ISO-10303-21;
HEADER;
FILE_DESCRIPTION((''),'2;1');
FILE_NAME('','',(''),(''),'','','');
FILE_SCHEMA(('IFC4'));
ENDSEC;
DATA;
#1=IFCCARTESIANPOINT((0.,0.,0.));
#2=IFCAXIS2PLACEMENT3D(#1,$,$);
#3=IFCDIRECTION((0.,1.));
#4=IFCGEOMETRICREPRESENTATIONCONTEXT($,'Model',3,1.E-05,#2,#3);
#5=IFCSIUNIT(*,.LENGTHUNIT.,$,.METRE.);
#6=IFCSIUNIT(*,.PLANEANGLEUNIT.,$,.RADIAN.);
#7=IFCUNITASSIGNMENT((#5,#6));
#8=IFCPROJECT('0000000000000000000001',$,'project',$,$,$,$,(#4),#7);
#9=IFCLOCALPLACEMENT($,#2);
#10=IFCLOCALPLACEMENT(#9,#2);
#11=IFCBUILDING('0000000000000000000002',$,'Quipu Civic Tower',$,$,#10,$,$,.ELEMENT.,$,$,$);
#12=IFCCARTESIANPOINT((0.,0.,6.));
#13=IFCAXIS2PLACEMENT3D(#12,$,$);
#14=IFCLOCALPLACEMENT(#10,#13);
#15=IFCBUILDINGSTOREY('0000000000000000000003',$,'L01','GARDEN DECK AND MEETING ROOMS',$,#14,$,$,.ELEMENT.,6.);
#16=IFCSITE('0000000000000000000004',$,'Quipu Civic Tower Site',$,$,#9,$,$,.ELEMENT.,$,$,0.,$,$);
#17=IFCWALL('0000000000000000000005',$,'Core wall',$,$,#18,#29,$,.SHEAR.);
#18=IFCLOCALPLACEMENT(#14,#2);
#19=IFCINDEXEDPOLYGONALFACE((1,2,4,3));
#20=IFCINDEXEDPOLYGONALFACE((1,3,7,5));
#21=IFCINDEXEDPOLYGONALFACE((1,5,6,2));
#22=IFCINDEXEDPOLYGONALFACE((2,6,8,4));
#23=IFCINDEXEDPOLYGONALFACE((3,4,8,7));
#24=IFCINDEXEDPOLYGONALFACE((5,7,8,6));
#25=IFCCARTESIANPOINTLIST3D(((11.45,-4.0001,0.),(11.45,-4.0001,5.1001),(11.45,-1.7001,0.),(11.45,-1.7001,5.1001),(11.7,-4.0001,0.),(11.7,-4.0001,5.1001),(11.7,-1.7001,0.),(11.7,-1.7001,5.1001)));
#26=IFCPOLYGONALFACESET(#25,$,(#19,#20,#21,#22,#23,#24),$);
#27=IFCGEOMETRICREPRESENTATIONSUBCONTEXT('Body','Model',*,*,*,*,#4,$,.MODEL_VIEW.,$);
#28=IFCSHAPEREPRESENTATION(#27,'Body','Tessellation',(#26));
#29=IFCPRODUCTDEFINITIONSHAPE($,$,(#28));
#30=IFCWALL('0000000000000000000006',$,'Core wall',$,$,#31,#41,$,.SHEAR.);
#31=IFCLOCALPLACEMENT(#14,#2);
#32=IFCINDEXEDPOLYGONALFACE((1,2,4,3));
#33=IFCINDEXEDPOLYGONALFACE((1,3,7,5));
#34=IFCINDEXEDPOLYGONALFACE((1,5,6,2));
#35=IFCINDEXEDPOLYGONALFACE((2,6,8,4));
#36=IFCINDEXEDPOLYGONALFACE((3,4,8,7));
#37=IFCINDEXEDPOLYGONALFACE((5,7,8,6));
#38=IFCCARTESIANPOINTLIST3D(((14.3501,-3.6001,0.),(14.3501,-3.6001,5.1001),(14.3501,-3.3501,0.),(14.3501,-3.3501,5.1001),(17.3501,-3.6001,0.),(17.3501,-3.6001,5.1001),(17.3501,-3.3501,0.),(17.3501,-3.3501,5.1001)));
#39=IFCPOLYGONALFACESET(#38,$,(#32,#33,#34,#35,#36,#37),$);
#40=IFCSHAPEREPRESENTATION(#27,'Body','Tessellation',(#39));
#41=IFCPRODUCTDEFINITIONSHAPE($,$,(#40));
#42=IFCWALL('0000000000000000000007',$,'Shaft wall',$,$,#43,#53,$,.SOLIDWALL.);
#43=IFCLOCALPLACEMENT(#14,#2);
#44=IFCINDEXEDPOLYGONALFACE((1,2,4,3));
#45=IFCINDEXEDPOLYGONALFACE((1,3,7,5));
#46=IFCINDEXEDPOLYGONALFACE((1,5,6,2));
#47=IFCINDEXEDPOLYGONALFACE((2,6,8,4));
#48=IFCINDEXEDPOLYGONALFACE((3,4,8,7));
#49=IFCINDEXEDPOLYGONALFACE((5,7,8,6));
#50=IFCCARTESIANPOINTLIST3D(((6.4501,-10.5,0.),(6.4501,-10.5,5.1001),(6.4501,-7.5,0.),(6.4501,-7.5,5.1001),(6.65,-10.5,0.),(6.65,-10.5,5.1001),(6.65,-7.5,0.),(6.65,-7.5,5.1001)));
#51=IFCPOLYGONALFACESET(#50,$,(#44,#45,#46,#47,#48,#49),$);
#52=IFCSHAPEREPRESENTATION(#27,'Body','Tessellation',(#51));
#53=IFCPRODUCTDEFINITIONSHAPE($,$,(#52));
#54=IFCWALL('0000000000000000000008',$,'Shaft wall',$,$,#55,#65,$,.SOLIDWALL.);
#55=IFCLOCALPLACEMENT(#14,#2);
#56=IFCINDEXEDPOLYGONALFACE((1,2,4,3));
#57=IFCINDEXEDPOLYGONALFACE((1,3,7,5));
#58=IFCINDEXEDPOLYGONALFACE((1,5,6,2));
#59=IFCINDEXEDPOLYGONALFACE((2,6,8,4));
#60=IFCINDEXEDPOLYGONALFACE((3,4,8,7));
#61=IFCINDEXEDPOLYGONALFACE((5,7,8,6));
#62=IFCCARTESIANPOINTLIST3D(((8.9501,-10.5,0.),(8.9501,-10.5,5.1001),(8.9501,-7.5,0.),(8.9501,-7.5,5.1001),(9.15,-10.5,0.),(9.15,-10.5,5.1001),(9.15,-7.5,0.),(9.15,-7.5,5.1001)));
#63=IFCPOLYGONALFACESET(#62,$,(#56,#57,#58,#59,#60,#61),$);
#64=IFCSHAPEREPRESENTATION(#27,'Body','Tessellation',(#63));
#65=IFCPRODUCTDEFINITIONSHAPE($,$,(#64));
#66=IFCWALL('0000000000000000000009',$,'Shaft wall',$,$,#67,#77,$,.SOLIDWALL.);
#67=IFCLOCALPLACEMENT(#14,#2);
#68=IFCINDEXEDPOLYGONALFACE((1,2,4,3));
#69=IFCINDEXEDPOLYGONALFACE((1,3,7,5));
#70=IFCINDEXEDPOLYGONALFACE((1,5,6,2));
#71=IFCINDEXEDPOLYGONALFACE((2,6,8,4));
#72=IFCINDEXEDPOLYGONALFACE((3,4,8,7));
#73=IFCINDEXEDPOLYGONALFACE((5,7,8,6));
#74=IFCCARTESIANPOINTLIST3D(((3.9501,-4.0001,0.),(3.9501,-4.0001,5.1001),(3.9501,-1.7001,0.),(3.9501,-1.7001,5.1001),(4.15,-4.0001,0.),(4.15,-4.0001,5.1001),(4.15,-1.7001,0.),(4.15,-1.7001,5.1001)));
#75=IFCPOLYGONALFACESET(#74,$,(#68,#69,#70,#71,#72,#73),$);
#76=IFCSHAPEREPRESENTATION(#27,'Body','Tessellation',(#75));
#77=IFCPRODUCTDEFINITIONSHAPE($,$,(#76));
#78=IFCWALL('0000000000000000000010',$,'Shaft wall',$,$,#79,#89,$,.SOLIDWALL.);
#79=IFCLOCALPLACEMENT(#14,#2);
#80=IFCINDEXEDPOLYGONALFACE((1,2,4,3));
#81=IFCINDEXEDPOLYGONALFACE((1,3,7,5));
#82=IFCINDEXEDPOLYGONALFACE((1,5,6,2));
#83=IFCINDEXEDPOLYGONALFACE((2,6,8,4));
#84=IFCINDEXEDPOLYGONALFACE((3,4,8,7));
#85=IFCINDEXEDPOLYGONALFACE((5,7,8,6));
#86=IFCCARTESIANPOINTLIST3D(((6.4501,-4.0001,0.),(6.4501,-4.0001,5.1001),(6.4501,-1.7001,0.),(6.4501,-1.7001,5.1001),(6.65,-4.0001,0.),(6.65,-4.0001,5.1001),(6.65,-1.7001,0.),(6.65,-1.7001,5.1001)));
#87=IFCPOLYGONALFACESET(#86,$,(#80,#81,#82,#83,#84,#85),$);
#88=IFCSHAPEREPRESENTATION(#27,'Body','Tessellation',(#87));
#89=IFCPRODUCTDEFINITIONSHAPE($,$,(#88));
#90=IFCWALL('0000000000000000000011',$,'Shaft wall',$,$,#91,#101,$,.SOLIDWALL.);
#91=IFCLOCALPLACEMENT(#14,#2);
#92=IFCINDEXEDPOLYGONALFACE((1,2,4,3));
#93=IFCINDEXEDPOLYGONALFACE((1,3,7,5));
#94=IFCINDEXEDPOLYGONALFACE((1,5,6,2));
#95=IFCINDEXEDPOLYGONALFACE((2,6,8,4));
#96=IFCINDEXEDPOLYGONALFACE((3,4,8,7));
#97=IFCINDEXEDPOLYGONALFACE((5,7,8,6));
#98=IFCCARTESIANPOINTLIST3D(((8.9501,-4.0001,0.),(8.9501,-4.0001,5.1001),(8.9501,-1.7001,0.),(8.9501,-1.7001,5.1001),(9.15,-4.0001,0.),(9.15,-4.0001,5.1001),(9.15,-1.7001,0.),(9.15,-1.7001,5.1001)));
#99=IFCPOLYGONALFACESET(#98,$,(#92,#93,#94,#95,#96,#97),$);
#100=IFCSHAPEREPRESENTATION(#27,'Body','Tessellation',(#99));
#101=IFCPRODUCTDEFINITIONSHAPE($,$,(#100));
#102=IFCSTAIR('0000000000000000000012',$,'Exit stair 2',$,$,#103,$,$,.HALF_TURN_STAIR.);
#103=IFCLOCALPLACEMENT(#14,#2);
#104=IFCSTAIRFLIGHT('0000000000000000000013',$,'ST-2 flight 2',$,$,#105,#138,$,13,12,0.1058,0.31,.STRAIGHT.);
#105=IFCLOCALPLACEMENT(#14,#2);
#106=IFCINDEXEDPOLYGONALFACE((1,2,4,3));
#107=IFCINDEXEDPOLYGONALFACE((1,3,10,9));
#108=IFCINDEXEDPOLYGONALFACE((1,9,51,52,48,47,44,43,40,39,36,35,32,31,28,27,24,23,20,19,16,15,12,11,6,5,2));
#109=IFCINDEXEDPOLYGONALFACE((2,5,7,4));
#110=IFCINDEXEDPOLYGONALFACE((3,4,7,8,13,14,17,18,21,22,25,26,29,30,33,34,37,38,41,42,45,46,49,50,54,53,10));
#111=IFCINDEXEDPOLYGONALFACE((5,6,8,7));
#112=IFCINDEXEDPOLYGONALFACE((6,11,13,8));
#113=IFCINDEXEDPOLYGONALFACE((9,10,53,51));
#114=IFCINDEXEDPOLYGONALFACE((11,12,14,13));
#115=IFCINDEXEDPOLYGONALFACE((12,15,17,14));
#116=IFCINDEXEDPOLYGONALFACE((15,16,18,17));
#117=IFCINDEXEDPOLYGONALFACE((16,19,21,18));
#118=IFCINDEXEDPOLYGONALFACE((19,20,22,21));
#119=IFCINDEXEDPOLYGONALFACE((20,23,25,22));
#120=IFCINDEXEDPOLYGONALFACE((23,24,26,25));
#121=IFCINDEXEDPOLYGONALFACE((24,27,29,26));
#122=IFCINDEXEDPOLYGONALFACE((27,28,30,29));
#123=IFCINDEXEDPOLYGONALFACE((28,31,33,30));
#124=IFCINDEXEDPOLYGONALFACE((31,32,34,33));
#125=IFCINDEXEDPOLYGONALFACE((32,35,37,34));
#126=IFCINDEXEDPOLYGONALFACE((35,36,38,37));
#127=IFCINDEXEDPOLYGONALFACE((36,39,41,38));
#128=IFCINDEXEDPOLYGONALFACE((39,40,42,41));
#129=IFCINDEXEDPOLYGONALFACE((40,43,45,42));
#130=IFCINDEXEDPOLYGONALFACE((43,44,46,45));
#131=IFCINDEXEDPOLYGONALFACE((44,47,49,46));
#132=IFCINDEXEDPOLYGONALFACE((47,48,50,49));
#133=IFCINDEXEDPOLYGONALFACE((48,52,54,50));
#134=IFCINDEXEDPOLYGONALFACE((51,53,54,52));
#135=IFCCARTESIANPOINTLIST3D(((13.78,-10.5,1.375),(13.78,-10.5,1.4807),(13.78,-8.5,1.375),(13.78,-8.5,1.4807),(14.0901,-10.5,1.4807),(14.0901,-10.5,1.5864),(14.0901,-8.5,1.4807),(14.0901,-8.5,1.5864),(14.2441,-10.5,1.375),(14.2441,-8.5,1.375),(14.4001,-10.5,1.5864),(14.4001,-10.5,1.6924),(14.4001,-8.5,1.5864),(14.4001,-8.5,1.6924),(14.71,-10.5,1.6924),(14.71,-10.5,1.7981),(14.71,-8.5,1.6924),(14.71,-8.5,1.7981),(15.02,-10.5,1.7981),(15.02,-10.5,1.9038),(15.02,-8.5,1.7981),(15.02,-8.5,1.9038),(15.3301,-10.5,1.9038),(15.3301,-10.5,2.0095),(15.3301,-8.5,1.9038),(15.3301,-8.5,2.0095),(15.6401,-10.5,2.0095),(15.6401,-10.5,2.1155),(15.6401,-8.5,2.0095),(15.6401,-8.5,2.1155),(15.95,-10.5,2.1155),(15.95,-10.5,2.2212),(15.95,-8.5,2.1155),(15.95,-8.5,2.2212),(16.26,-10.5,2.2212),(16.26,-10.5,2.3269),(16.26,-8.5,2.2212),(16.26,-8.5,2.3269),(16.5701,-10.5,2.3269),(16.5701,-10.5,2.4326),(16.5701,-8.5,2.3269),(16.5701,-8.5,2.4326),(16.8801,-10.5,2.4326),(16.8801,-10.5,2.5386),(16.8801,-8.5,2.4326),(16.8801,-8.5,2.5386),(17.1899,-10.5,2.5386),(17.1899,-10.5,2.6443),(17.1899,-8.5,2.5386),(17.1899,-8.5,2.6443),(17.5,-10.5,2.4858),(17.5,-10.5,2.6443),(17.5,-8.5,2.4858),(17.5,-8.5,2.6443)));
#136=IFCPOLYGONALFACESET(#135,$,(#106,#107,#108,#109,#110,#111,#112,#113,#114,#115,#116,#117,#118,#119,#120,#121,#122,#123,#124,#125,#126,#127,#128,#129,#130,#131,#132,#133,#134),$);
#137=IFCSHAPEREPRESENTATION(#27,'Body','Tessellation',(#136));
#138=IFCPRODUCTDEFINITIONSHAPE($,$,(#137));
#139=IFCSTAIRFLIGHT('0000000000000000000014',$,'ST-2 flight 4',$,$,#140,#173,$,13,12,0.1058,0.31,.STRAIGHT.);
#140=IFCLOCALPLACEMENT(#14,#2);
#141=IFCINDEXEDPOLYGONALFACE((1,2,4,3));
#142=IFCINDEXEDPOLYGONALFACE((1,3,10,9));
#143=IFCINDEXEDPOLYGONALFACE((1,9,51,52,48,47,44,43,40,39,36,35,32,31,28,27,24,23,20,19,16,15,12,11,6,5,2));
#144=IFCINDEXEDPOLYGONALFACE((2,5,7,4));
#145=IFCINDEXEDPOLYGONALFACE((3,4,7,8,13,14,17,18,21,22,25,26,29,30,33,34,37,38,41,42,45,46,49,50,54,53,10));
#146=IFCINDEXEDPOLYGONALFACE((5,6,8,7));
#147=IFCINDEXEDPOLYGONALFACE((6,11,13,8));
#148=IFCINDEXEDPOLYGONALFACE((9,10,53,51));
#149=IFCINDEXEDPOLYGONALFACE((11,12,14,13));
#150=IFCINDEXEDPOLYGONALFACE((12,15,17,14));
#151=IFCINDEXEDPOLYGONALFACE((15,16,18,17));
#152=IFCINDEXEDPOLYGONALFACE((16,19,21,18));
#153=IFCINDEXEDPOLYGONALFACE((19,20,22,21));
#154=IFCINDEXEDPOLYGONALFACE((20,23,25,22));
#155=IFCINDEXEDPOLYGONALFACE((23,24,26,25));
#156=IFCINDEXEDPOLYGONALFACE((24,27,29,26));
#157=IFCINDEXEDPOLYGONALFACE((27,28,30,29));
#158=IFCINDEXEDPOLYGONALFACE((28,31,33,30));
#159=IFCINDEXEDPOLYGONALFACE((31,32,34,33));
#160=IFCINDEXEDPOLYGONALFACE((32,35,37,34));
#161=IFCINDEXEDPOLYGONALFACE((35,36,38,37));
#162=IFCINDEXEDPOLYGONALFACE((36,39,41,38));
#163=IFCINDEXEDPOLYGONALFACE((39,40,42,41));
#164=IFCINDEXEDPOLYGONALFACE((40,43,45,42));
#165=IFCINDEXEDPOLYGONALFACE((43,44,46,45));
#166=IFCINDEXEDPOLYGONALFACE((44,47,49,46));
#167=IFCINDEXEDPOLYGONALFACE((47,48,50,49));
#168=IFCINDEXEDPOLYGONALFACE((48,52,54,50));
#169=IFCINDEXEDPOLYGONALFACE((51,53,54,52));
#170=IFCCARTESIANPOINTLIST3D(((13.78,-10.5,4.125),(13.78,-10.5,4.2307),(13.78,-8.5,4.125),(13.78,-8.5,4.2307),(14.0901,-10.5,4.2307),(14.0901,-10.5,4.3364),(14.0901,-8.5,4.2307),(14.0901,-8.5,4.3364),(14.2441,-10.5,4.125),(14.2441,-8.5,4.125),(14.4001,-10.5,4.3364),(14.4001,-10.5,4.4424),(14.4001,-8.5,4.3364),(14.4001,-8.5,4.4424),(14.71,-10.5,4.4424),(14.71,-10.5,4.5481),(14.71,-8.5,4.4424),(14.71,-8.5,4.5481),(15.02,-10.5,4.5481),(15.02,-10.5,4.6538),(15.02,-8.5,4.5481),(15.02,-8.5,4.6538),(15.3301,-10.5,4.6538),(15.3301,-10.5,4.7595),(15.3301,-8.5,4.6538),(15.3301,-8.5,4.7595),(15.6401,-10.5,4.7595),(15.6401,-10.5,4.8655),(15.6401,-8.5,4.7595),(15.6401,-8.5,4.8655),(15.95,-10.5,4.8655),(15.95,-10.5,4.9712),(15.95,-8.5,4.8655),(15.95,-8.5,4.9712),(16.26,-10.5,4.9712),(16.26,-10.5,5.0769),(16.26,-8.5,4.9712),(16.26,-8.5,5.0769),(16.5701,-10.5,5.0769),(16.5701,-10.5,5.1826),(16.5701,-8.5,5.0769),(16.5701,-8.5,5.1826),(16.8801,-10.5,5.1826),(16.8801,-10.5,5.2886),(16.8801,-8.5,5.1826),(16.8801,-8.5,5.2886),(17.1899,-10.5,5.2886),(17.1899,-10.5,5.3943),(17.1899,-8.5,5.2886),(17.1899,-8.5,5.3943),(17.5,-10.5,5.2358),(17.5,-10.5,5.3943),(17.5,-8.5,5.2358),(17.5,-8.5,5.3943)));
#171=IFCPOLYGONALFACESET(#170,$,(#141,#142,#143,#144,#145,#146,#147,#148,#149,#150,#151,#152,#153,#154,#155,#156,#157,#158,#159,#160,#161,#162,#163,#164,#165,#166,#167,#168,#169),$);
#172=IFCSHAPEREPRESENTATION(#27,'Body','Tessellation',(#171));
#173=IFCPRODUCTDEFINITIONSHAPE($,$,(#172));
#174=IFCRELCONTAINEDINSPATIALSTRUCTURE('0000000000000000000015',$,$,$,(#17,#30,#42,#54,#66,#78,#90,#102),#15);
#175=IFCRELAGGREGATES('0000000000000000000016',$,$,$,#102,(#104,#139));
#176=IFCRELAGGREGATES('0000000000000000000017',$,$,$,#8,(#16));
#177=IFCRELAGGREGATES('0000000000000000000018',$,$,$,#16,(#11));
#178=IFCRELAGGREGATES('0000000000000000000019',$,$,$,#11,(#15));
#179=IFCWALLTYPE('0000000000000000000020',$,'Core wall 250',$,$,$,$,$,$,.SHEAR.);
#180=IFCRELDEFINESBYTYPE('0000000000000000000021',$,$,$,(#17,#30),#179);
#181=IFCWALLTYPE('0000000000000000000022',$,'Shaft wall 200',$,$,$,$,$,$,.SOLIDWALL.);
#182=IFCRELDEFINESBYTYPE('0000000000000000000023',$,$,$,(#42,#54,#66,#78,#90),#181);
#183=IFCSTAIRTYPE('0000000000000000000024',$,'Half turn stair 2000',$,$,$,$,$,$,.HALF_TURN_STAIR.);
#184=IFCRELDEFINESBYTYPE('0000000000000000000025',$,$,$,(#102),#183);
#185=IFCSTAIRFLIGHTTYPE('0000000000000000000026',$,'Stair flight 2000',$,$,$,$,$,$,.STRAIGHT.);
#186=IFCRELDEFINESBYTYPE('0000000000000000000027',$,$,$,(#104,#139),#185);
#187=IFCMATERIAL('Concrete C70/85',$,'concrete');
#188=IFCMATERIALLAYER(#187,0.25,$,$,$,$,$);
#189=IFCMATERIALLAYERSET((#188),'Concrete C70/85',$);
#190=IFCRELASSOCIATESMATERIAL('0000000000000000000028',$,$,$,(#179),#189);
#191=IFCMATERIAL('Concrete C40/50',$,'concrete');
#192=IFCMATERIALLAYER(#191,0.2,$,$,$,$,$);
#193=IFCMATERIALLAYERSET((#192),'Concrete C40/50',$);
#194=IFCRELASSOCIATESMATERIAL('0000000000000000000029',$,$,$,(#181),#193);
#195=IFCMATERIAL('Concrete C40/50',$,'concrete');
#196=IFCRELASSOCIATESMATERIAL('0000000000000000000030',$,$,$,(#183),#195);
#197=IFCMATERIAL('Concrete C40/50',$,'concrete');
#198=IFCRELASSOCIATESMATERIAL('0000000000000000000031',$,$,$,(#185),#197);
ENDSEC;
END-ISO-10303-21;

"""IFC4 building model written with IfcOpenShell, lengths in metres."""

from ifc_helpers import new_model, si_unit, direction, frame, frame_2d, origin, place, context, subcontext, project, spatial, polyline, rectangle, outline, extrude, material, layer, layer_set, type_object, element, aggregate, save


model = new_model("IFC4")

# Units and contexts
model_context = context("Model", 3, precision=1e-05, world=origin(), true_north=direction((0.0, 1.0)))
body_context = subcontext(model_context, "Body", "Model", "MODEL_VIEW")
ifc_project = project(units=[si_unit("LENGTHUNIT", "METRE"), si_unit("PLANEANGLEUNIT", "RADIAN")], contexts=[model_context])

# Site, building, storey
site_placement = place(None, origin())
site = spatial("IfcSite", under=ifc_project, at=site_placement, Name="Quipu Civic Tower Site", CompositionType="ELEMENT", RefElevation=0.0)
building_placement = place(site_placement, origin())
building = spatial("IfcBuilding", under=site, at=building_placement, Name="Quipu Civic Tower", CompositionType="ELEMENT")
storey_placement = place(building_placement, frame((0.0, 0.0, 6.0)))
storey = spatial("IfcBuildingStorey", under=building, at=storey_placement, Name="L01", Description="GARDEN DECK AND MEETING ROOMS", CompositionType="ELEMENT", Elevation=6.0)

# Shared definitions
ifc_material_1 = material(Name="Concrete C70/85", Category="concrete")
ifc_layer_1 = layer(ifc_material_1, 0.25)
ifc_layer_set_1 = layer_set([ifc_layer_1], Name="Concrete C70/85")
wall_type_1 = type_object("IfcWallType", Name="Core wall 250", PredefinedType="SHEAR", material=ifc_layer_set_1)

# Walls
wall_1_placement = place(storey_placement, frame((11.575, -4.0, 0.0), z_axis=(0.0, 0.0, 1.0), x_axis=(0.0, 1.0, 0.0)))
element("IfcWall", 1, at=wall_1_placement, inside=storey, type_object=wall_type_1, Name="Core wall", PredefinedType="SHEAR", context=body_context, shape_type="SweptSolid", body=[
    extrude(rectangle(XDim=2.3, YDim=0.25, at=frame_2d((1.1499, 0.0))), origin(), (0.0, 0.0, 1.0), 5.1001),
])
wall_2_placement = place(storey_placement, frame((14.3501, -3.4751, 0.0), z_axis=(0.0, 0.0, 1.0), x_axis=(1.0, 0.0, 0.0)))
element("IfcWall", 2, at=wall_2_placement, inside=storey, type_object=wall_type_1, Name="Core wall", PredefinedType="SHEAR", context=body_context, shape_type="SweptSolid", body=[
    extrude(rectangle(XDim=3.0, YDim=0.25, at=frame_2d((1.5, 0.0))), origin(), (0.0, 0.0, 1.0), 5.1001),
])
ifc_material_2 = material(Name="Concrete C40/50", Category="concrete")
ifc_layer_2 = layer(ifc_material_2, 0.2)
ifc_layer_set_2 = layer_set([ifc_layer_2], Name="Concrete C40/50")
wall_type_2 = type_object("IfcWallType", Name="Shaft wall 200", PredefinedType="SOLIDWALL", material=ifc_layer_set_2)
for number, where, z_axis, x_axis, name in (
    (3, (6.55, -10.5, 0.0), (0.0, 0.0, 1.0), (0.0, 1.0, 0.0), "Shaft wall"),
    (4, (9.05, -10.5, 0.0), (0.0, 0.0, 1.0), (0.0, 1.0, 0.0), "Shaft wall"),
):
    element("IfcWall", number, at=place(storey_placement, frame(where, z_axis=z_axis, x_axis=x_axis)), inside=storey, type_object=wall_type_2, Name=name, PredefinedType="SOLIDWALL", context=body_context, shape_type="SweptSolid", body=[
        extrude(rectangle(XDim=3.0, YDim=0.2, at=frame_2d((1.5, 0.0))), origin(), (0.0, 0.0, 1.0), 5.1001),
    ])
for number, where, z_axis, x_axis, name in (
    (5, (4.05, -4.0, 0.0), (0.0, 0.0, 1.0), (0.0, 1.0, 0.0), "Shaft wall"),
    (6, (6.55, -4.0, 0.0), (0.0, 0.0, 1.0), (0.0, 1.0, 0.0), "Shaft wall"),
    (7, (9.05, -4.0, 0.0), (0.0, 0.0, 1.0), (0.0, 1.0, 0.0), "Shaft wall"),
):
    element("IfcWall", number, at=place(storey_placement, frame(where, z_axis=z_axis, x_axis=x_axis)), inside=storey, type_object=wall_type_2, Name=name, PredefinedType="SOLIDWALL", context=body_context, shape_type="SweptSolid", body=[
        extrude(rectangle(XDim=2.3, YDim=0.2, at=frame_2d((1.1499, 0.0))), origin(), (0.0, 0.0, 1.0), 5.1001),
    ])

# Stair, stair flights
ifc_material_3 = material(Name="Concrete C40/50", Category="concrete")
stair_type = type_object("IfcStairType", Name="Half turn stair 2000", PredefinedType="HALF_TURN_STAIR", material=ifc_material_3)
stair_placement = place(storey_placement, origin())
stair = element("IfcStair", 8, at=stair_placement, inside=storey, type_object=stair_type, Name="Exit stair 2", PredefinedType="HALF_TURN_STAIR")
ifc_material_4 = material(Name="Concrete C40/50", Category="concrete")
stair_flight_type = type_object("IfcStairFlightType", Name="Stair flight 2000", PredefinedType="STRAIGHT", material=ifc_material_4)
stair_flight_1_placement = place(storey_placement, frame((13.78, -9.5, 1.375), z_axis=(0.0, 0.0, 1.0), x_axis=(1.0, 0.0, 0.0)))
stair_flight_1 = element("IfcStairFlight", 9, at=stair_flight_1_placement, type_object=stair_flight_type, Name="ST-2 flight 2", NumberOfRisers=13, NumberOfTreads=12, PredefinedType="STRAIGHT", RiserHeight=0.1058, TreadLength=0.31, context=body_context, shape_type="SweptSolid", body=[
    extrude(outline(polyline([(0.0, 0.0), (0.0, 0.1057), (0.3101, 0.1057), (0.3101, 0.2114), (0.6201, 0.2114), (0.6201, 0.3174), (0.9299, 0.3174), (0.9299, 0.4231), (1.24, 0.4231), (1.24, 0.5288), (1.55, 0.5288), (1.55, 0.6345), (1.8601, 0.6345), (1.8601, 0.7405), (2.1699, 0.7405), (2.1699, 0.8462), (2.48, 0.8462), (2.48, 0.9519), (2.79, 0.9519), (2.79, 1.0576), (3.1001, 1.0576), (3.1001, 1.1636), (3.4099, 1.1636), (3.4099, 1.2693), (3.72, 1.2693), (3.72, 1.375), (3.72, 1.1108), (0.4641, 0.0), (0.0, 0.0)])), frame((0.0, 1.0, 0.0), z_axis=(0.0, -1.0, 0.0), x_axis=(1.0, 0.0, 0.0)), (0.0, 0.0, 1.0), 2.0),
])
stair_flight_2_placement = place(storey_placement, frame((13.78, -9.5, 4.125), z_axis=(0.0, 0.0, 1.0), x_axis=(1.0, 0.0, 0.0)))
stair_flight_2 = element("IfcStairFlight", 10, at=stair_flight_2_placement, type_object=stair_flight_type, Name="ST-2 flight 4", NumberOfRisers=13, NumberOfTreads=12, PredefinedType="STRAIGHT", RiserHeight=0.1058, TreadLength=0.31, context=body_context, shape_type="SweptSolid", body=[
    extrude(outline(polyline([(0.0, 0.0), (0.0, 0.1057), (0.3101, 0.1057), (0.3101, 0.2114), (0.6201, 0.2114), (0.6201, 0.3174), (0.9299, 0.3174), (0.9299, 0.4231), (1.24, 0.4231), (1.24, 0.5288), (1.55, 0.5288), (1.55, 0.6345), (1.8601, 0.6345), (1.8601, 0.7405), (2.1699, 0.7405), (2.1699, 0.8462), (2.48, 0.8462), (2.48, 0.9519), (2.79, 0.9519), (2.79, 1.0576), (3.1001, 1.0576), (3.1001, 1.1636), (3.4099, 1.1636), (3.4099, 1.2693), (3.72, 1.2693), (3.72, 1.375), (3.72, 1.1108), (0.4641, 0.0), (0.0, 0.0)])), frame((0.0, 1.0, 0.0), z_axis=(0.0, -1.0, 0.0), x_axis=(1.0, 0.0, 0.0)), (0.0, 0.0, 1.0), 2.0),
])
aggregate(stair, [stair_flight_1, stair_flight_2])

save(model, "model.ifc")
